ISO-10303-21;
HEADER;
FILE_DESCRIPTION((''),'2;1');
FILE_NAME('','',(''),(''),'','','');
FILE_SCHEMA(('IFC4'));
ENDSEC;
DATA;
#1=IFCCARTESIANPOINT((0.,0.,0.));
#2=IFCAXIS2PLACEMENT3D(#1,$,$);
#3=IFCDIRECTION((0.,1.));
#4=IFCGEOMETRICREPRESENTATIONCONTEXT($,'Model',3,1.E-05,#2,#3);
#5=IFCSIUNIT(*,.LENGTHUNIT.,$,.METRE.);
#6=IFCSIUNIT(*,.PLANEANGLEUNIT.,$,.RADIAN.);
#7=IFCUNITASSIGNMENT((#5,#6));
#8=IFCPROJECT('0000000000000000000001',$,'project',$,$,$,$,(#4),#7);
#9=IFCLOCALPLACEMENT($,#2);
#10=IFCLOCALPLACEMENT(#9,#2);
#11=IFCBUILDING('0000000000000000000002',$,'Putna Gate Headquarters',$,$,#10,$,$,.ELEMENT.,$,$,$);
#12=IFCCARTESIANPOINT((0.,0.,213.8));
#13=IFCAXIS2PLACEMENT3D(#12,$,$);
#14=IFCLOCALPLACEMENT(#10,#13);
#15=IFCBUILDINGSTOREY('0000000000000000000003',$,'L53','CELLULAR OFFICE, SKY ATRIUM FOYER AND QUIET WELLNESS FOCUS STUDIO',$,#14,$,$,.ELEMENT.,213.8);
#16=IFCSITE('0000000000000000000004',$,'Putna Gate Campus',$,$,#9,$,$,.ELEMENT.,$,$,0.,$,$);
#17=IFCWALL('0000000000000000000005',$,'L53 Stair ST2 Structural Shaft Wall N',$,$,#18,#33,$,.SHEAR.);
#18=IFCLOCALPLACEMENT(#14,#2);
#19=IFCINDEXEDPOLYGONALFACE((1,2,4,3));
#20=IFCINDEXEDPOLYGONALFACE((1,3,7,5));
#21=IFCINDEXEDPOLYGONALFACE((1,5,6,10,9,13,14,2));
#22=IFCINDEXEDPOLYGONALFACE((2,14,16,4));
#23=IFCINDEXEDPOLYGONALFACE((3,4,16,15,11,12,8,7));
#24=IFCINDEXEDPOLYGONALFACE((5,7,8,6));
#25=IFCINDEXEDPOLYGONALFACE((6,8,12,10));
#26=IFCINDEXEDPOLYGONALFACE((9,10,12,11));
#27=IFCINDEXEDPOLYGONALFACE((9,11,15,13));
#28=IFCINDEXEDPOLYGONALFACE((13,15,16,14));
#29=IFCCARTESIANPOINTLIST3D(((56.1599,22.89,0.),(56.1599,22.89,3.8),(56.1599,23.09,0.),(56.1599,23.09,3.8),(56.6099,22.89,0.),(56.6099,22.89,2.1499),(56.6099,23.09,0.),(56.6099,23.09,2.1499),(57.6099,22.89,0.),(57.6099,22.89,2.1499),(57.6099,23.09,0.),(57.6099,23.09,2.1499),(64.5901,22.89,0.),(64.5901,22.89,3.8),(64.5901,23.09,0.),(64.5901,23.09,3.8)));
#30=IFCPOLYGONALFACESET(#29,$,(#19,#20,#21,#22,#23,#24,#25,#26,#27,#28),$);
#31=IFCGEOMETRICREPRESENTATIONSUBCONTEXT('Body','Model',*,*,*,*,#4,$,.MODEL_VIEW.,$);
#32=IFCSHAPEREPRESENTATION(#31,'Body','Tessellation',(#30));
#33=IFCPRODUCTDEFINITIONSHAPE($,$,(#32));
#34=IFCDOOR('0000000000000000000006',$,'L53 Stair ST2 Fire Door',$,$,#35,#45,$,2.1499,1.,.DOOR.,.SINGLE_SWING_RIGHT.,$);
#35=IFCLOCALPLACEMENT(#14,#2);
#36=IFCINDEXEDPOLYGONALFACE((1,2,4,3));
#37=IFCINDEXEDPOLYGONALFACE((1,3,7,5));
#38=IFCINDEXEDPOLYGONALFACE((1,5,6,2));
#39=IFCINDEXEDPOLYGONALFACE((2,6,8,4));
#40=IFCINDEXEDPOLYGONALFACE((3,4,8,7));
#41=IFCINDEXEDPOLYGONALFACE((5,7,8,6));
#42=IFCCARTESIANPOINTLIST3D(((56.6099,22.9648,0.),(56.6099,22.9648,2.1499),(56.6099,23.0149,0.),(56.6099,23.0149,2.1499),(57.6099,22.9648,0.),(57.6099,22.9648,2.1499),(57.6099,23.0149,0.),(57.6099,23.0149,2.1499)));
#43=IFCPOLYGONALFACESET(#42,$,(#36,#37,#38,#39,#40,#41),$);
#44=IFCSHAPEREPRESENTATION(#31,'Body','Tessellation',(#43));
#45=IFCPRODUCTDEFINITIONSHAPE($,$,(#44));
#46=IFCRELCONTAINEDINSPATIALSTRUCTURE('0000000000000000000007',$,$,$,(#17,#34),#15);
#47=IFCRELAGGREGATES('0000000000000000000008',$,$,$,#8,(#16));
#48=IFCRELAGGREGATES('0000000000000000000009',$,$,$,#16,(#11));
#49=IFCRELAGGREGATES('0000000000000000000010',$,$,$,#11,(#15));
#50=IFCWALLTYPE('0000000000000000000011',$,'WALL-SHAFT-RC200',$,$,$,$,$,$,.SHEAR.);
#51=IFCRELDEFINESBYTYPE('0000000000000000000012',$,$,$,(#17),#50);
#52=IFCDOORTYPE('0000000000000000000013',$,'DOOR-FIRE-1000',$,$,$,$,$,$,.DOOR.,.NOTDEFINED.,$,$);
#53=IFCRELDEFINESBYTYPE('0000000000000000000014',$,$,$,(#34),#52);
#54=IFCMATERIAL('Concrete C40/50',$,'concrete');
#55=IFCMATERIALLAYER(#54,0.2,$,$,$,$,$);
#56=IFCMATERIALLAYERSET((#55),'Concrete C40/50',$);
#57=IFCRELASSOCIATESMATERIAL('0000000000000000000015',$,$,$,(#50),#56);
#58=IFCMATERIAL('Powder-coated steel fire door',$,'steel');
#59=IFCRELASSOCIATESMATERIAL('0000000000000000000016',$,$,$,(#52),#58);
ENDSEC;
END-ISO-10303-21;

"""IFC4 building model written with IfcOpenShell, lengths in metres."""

from ifc_helpers import new_model, si_unit, direction, frame, frame_2d, origin, place, context, subcontext, project, spatial, rectangle, extrude, material, layer, layer_set, type_object, element, fill, save


model = new_model("IFC4")

# Units and contexts
model_context = context("Model", 3, precision=1e-05, world=origin(), true_north=direction((0.0, 1.0)))
body_context = subcontext(model_context, "Body", "Model", "MODEL_VIEW")
ifc_project = project(units=[si_unit("LENGTHUNIT", "METRE"), si_unit("PLANEANGLEUNIT", "RADIAN")], contexts=[model_context])

# Site, building, storey
site_placement = place(None, origin())
site = spatial("IfcSite", under=ifc_project, at=site_placement, Name="Putna Gate Campus", CompositionType="ELEMENT", RefElevation=0.0)
building_placement = place(site_placement, origin())
building = spatial("IfcBuilding", under=site, at=building_placement, Name="Putna Gate Headquarters", CompositionType="ELEMENT")
storey_placement = place(building_placement, frame((0.0, 0.0, 213.8)))
storey = spatial("IfcBuildingStorey", under=building, at=storey_placement, Name="L53", Description="CELLULAR OFFICE, SKY ATRIUM FOYER AND QUIET WELLNESS FOCUS STUDIO", CompositionType="ELEMENT", Elevation=213.8)

# Wall, opening, door
ifc_material_1 = material(Name="Concrete C40/50", Category="concrete")
ifc_layer_1 = layer(ifc_material_1, 0.2)
ifc_layer_set_1 = layer_set([ifc_layer_1], Name="Concrete C40/50")
wall_type_1 = type_object("IfcWallType", Name="WALL-SHAFT-RC200", PredefinedType="SHEAR", material=ifc_layer_set_1)
wall_1_placement = place(storey_placement, frame((56.1599, 22.99, 0.0), z_axis=(0.0, 0.0, 1.0), x_axis=(1.0, 0.0, 0.0)))
wall_1 = element("IfcWall", 1, at=wall_1_placement, inside=storey, type_object=wall_type_1, Name="L53 Stair ST2 Structural Shaft Wall N", PredefinedType="SHEAR", context=body_context, shape_type="SweptSolid", body=[
    extrude(rectangle(XDim=8.4302, YDim=0.2, at=frame_2d((4.2151, 0.0))), origin(), (0.0, 0.0, 1.0), 3.8),
])
opening_1_placement = place(wall_1_placement, frame((0.45, 0.0, 0.0)))
opening_1 = element("IfcOpeningElement", 2, at=opening_1_placement, cuts=wall_1, PredefinedType="OPENING", context=body_context, shape_type="SweptSolid", body=[
    extrude(rectangle(XDim=1.0, YDim=2.1499, at=frame_2d((0.5, 1.075))), frame((0.0, 0.1099, 0.0), z_axis=(0.0, -1.0, 0.0), x_axis=(1.0, 0.0, 0.0)), (0.0, 0.0, 1.0), 0.22),
])
ifc_material_2 = material(Name="Powder-coated steel fire door", Category="steel")
door_type_1 = type_object("IfcDoorType", Name="DOOR-FIRE-1000", OperationType="NOTDEFINED", PredefinedType="DOOR", material=ifc_material_2)
door_1_placement = place(opening_1_placement, origin())
door_1 = element("IfcDoor", 3, at=door_1_placement, inside=storey, type_object=door_type_1, Name="L53 Stair ST2 Fire Door", OperationType="SINGLE_SWING_RIGHT", OverallHeight=2.1499, OverallWidth=1.0, PredefinedType="DOOR", context=body_context, shape_type="SweptSolid", body=[
    extrude(rectangle(XDim=1.0, YDim=2.1499, at=frame_2d((0.5, 1.075))), frame((0.0, 0.0249, 0.0), z_axis=(0.0, -1.0, 0.0), x_axis=(1.0, 0.0, 0.0)), (0.0, 0.0, 1.0), 0.05),
])
fill(opening_1, door_1)

save(model, "model.ifc")
